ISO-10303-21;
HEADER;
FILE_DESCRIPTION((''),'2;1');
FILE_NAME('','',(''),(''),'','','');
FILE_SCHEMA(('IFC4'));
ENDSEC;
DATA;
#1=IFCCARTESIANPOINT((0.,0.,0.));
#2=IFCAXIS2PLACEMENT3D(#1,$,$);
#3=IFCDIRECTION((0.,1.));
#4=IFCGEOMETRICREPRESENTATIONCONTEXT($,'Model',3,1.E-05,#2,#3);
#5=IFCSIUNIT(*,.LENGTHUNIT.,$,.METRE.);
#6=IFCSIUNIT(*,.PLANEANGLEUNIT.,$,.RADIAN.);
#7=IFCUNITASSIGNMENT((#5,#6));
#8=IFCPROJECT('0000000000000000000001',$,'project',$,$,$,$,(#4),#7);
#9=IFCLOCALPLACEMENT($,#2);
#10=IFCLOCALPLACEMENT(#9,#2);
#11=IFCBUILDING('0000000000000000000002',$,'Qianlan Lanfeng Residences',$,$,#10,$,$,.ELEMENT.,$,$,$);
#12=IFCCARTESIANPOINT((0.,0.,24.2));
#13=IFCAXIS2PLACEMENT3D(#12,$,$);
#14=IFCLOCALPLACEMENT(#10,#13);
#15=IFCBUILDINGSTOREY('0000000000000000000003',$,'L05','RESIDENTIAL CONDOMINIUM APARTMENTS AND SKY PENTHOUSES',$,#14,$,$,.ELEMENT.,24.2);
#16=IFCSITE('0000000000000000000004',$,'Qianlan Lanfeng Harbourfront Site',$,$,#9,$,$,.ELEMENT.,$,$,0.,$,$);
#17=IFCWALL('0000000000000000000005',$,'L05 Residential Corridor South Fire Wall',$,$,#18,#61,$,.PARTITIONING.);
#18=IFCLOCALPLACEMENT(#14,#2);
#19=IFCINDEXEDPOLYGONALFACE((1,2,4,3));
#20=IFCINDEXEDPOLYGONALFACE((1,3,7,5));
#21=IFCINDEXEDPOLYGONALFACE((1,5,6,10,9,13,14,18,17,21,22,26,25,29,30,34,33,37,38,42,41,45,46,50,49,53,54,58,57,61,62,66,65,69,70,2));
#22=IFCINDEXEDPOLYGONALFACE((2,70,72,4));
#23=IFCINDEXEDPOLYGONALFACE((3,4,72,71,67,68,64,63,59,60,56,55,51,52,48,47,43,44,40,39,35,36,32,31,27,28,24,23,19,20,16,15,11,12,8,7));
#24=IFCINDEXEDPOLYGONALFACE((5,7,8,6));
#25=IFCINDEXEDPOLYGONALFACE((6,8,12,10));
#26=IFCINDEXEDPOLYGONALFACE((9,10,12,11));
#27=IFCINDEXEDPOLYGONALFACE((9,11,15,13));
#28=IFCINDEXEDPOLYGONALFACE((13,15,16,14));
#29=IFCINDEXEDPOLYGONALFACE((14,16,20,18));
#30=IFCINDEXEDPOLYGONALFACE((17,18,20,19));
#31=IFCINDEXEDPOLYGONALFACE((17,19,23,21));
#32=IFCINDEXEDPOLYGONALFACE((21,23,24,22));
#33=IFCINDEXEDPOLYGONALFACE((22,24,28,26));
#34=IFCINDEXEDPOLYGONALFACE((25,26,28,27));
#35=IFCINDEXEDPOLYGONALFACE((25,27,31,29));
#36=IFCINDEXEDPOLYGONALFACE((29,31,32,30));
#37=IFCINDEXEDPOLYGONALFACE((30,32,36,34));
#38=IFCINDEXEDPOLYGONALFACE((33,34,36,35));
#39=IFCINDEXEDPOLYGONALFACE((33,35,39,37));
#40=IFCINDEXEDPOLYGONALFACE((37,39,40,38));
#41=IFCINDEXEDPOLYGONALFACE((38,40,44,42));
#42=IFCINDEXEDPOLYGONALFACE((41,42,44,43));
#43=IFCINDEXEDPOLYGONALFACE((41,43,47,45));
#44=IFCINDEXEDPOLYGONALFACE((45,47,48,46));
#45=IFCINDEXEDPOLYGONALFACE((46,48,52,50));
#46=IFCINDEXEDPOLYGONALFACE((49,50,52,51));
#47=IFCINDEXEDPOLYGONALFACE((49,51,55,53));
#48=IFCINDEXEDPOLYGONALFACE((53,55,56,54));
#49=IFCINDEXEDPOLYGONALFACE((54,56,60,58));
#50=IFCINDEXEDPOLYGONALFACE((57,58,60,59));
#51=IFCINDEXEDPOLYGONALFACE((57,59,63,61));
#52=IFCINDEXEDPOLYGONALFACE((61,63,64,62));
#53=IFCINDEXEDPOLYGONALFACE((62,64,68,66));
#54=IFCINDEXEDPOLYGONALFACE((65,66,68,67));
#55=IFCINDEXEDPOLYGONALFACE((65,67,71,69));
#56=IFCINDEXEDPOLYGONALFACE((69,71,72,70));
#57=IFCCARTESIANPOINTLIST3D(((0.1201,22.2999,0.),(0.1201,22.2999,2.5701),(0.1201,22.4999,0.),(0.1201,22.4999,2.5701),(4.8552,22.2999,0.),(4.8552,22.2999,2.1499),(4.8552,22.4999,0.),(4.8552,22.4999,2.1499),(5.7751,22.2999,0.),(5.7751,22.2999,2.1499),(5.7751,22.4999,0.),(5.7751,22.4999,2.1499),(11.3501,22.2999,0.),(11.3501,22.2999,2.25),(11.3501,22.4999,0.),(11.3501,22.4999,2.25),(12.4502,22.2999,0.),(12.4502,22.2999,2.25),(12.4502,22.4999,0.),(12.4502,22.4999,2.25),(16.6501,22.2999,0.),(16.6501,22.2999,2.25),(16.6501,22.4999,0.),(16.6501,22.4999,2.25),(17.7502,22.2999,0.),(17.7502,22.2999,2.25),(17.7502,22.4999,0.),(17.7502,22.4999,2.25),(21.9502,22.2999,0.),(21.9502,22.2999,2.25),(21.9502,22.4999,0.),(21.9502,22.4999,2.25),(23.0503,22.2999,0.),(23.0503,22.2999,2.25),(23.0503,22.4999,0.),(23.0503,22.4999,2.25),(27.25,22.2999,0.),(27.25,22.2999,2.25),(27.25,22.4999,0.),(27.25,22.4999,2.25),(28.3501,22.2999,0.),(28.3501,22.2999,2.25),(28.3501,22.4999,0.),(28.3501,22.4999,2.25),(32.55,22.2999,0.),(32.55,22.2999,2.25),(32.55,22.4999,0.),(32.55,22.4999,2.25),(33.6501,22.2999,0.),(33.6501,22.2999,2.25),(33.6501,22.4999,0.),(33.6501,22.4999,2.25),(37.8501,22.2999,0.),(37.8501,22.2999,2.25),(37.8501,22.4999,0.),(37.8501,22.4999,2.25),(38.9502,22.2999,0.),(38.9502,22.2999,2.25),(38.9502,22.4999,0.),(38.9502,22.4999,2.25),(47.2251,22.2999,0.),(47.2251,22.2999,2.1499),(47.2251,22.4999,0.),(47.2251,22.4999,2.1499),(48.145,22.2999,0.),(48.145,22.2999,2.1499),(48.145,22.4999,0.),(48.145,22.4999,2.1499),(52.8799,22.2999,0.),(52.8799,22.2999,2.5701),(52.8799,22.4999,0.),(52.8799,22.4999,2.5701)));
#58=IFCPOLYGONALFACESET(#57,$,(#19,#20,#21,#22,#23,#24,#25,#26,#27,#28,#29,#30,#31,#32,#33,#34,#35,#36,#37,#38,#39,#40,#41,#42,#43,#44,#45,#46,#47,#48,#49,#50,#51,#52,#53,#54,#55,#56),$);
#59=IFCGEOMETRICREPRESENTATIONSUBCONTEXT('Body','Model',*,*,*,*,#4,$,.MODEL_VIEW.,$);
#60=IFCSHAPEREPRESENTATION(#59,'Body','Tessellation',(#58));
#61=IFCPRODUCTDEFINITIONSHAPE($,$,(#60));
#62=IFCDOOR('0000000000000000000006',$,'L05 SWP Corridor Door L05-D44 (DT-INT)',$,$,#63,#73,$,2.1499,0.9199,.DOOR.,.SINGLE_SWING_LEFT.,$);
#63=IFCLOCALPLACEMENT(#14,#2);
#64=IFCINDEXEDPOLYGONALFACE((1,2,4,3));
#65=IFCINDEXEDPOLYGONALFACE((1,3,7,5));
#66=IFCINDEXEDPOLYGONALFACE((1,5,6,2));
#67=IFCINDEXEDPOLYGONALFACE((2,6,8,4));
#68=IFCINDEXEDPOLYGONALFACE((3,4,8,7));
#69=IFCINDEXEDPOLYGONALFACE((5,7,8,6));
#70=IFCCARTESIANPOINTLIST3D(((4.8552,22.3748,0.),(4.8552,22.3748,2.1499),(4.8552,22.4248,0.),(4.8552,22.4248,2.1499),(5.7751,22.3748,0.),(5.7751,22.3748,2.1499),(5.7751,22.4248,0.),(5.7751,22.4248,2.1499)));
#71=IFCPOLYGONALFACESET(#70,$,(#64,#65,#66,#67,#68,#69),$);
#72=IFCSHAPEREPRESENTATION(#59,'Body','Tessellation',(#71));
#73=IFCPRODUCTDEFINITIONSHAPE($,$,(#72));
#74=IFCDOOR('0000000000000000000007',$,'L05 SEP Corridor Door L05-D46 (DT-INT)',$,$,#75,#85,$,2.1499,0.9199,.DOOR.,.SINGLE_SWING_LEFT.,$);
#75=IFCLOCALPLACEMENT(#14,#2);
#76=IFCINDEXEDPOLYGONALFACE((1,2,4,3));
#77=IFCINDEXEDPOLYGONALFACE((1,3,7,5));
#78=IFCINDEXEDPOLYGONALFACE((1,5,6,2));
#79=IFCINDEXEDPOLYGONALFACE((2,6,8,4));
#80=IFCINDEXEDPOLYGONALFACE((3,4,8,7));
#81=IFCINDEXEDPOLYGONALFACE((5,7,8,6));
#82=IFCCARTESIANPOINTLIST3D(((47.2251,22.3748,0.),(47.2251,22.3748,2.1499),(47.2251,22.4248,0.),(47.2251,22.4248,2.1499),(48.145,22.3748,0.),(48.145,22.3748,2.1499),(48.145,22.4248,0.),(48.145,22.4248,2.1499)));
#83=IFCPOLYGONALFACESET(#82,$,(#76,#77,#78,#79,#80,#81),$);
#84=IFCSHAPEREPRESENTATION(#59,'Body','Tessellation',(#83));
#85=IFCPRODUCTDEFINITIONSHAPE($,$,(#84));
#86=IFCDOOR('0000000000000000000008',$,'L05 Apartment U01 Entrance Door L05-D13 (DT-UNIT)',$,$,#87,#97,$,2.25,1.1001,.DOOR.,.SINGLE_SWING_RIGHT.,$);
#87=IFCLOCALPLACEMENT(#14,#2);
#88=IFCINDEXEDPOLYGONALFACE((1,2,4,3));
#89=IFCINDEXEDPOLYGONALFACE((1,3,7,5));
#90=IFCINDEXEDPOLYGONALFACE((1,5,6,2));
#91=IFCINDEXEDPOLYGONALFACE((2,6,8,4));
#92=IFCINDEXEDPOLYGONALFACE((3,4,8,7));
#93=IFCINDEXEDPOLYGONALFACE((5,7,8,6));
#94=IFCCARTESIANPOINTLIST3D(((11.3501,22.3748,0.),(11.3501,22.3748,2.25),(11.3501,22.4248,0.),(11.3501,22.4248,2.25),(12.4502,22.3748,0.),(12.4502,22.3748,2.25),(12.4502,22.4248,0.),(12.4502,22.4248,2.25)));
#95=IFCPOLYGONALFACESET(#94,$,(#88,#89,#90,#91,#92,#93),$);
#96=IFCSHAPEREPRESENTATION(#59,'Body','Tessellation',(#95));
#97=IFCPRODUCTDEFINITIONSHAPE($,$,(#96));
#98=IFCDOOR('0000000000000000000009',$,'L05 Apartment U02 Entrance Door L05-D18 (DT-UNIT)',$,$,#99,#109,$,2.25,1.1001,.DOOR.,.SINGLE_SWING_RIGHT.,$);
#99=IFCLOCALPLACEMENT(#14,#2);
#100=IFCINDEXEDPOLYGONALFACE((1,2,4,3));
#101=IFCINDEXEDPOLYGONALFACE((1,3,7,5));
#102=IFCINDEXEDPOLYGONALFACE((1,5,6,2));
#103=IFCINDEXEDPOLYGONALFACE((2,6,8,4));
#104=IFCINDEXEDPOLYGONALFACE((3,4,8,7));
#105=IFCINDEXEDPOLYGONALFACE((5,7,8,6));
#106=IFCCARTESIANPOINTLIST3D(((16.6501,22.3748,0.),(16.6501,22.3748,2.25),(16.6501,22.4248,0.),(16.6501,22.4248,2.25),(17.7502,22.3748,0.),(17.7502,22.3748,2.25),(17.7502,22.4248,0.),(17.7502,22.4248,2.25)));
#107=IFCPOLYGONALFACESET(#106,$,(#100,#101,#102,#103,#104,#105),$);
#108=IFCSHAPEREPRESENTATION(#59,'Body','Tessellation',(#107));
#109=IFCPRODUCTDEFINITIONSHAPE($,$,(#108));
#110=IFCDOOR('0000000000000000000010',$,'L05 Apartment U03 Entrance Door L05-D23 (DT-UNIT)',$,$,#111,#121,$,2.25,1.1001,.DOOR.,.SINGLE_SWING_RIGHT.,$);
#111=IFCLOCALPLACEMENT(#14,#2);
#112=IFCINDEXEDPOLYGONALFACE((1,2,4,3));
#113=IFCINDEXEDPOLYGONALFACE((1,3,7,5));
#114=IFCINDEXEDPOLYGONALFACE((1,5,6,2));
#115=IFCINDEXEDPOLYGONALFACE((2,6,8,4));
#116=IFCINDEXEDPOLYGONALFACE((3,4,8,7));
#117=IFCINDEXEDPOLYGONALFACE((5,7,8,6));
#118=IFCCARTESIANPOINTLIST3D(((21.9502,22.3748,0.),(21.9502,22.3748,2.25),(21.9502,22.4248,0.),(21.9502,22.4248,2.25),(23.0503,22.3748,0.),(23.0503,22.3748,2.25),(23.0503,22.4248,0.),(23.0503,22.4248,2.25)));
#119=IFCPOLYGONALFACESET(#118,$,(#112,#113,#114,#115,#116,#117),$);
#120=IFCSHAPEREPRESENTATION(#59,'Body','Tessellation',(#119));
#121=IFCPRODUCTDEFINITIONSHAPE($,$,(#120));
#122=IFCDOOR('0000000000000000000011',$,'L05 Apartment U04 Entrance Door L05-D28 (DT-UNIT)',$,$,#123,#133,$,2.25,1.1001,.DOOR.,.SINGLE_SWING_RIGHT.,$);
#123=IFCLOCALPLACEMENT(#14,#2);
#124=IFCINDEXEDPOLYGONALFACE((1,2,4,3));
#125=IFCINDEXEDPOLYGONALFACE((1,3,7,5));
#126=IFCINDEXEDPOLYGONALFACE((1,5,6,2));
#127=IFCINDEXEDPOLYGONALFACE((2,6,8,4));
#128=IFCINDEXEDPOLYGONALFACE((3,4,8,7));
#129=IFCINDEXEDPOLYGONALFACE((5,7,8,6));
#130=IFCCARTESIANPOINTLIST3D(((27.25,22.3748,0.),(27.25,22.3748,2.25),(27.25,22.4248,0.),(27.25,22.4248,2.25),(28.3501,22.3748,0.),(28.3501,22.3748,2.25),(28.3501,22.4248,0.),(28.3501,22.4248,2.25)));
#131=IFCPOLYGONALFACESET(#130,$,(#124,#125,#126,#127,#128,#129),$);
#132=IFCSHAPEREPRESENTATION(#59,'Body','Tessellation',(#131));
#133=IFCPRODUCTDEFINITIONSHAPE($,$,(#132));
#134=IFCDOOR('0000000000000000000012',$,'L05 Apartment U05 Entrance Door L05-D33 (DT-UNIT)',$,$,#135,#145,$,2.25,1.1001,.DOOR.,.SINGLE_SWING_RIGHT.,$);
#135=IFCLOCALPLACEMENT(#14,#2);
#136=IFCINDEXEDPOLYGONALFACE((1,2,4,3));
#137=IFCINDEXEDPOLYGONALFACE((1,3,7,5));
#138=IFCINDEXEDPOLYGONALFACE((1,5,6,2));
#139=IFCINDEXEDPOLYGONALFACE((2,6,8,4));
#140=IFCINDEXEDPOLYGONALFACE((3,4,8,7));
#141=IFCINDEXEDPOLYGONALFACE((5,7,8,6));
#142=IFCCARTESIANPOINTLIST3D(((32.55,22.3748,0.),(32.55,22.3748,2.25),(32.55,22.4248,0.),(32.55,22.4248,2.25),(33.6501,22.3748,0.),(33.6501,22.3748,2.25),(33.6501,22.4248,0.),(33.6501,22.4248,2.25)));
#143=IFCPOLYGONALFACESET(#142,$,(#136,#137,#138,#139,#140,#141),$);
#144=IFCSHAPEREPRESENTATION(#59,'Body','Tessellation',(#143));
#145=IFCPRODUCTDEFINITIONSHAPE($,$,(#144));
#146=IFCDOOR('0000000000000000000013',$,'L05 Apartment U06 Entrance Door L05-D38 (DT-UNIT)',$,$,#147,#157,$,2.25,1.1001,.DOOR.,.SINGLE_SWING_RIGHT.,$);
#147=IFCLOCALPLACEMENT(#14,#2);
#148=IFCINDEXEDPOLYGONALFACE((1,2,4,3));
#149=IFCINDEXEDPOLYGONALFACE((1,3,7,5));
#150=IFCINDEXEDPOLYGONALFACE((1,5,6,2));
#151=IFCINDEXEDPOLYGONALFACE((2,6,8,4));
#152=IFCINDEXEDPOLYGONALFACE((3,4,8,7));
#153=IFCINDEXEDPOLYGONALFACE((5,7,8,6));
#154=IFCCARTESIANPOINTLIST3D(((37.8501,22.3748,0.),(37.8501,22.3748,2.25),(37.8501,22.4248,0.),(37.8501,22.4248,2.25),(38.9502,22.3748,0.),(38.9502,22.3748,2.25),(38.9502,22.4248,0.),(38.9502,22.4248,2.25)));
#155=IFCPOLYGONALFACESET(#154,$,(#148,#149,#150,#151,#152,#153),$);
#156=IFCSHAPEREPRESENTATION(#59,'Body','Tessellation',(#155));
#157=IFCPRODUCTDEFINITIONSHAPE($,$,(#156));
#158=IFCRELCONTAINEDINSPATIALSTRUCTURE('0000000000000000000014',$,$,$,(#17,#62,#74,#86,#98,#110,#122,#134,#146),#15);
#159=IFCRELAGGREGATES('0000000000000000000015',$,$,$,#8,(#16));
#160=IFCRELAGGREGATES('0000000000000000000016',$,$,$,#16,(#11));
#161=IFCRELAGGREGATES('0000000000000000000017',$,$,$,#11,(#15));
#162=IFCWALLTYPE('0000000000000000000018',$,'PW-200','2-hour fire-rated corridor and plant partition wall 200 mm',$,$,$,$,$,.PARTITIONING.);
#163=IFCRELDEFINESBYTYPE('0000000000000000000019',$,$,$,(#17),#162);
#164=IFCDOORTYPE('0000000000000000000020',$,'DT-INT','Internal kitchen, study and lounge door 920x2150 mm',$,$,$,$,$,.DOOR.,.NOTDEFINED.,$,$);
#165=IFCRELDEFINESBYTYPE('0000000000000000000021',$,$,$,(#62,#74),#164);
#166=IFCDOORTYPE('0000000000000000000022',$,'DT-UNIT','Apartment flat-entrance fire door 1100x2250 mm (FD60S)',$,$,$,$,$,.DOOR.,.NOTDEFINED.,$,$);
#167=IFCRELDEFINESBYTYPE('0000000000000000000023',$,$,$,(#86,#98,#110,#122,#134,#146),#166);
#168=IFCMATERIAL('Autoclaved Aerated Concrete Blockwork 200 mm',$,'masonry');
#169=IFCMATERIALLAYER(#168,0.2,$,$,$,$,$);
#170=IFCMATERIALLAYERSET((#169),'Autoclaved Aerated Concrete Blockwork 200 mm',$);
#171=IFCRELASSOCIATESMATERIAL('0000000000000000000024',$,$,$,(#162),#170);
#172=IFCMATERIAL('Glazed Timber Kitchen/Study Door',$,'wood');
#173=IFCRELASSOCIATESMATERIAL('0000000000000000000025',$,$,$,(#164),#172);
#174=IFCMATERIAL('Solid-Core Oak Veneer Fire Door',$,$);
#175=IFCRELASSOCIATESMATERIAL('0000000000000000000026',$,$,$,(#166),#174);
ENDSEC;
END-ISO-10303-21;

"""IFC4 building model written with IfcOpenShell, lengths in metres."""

from ifc_helpers import new_model, si_unit, direction, frame, frame_2d, origin, place, context, subcontext, project, spatial, rectangle, extrude, material, layer, layer_set, type_object, element, fill, save


model = new_model("IFC4")

# Units and contexts
model_context = context("Model", 3, precision=1e-05, world=origin(), true_north=direction((0.0, 1.0)))
body_context = subcontext(model_context, "Body", "Model", "MODEL_VIEW")
ifc_project = project(units=[si_unit("LENGTHUNIT", "METRE"), si_unit("PLANEANGLEUNIT", "RADIAN")], contexts=[model_context])

# Site, building, storey
site_placement = place(None, origin())
site = spatial("IfcSite", under=ifc_project, at=site_placement, Name="Qianlan Lanfeng Harbourfront Site", CompositionType="ELEMENT", RefElevation=0.0)
building_placement = place(site_placement, origin())
building = spatial("IfcBuilding", under=site, at=building_placement, Name="Qianlan Lanfeng Residences", CompositionType="ELEMENT")
storey_placement = place(building_placement, frame((0.0, 0.0, 24.2)))
storey = spatial("IfcBuildingStorey", under=building, at=storey_placement, Name="L05", Description="RESIDENTIAL CONDOMINIUM APARTMENTS AND SKY PENTHOUSES", CompositionType="ELEMENT", Elevation=24.2)

# Wall, openings, doors
ifc_material_1 = material(Name="Autoclaved Aerated Concrete Blockwork 200 mm", Category="masonry")
ifc_layer = layer(ifc_material_1, 0.2)
ifc_layer_set = layer_set([ifc_layer], Name="Autoclaved Aerated Concrete Blockwork 200 mm")
wall_type = type_object("IfcWallType", Name="PW-200", Description="2-hour fire-rated corridor and plant partition wall 200 mm", PredefinedType="PARTITIONING", material=ifc_layer_set)
wall_1_placement = place(storey_placement, frame((0.1201, 22.3999, 0.0), z_axis=(0.0, 0.0, 1.0), x_axis=(1.0, 0.0, 0.0)))
wall_1 = element("IfcWall", 1, at=wall_1_placement, inside=storey, type_object=wall_type, Name="L05 Residential Corridor South Fire Wall", PredefinedType="PARTITIONING", context=body_context, shape_type="SweptSolid", body=[
    extrude(rectangle(XDim=52.7598, YDim=0.2, at=frame_2d((26.3799, 0.0))), origin(), (0.0, 0.0, 1.0), 2.5701),
])
opening_1_placement = place(wall_1_placement, frame((11.23, 0.0, 0.0)))
opening_1 = element("IfcOpeningElement", 2, at=opening_1_placement, cuts=wall_1, PredefinedType="OPENING", context=body_context, shape_type="SweptSolid", body=[
    extrude(rectangle(XDim=1.1001, YDim=2.25, at=frame_2d((0.55, 1.125))), frame((0.0, 0.1099, 0.0), z_axis=(0.0, -1.0, 0.0), x_axis=(1.0, 0.0, 0.0)), (0.0, 0.0, 1.0), 0.22),
])
opening_2_placement = place(wall_1_placement, frame((16.53, 0.0, 0.0)))
opening_2 = element("IfcOpeningElement", 3, at=opening_2_placement, cuts=wall_1, PredefinedType="OPENING", context=body_context, shape_type="SweptSolid", body=[
    extrude(rectangle(XDim=1.1001, YDim=2.25, at=frame_2d((0.55, 1.125))), frame((0.0, 0.1099, 0.0), z_axis=(0.0, -1.0, 0.0), x_axis=(1.0, 0.0, 0.0)), (0.0, 0.0, 1.0), 0.22),
])
opening_3_placement = place(wall_1_placement, frame((21.8301, 0.0, 0.0)))
opening_3 = element("IfcOpeningElement", 4, at=opening_3_placement, cuts=wall_1, PredefinedType="OPENING", context=body_context, shape_type="SweptSolid", body=[
    extrude(rectangle(XDim=1.1001, YDim=2.25, at=frame_2d((0.55, 1.125))), frame((0.0, 0.1099, 0.0), z_axis=(0.0, -1.0, 0.0), x_axis=(1.0, 0.0, 0.0)), (0.0, 0.0, 1.0), 0.22),
])
opening_4_placement = place(wall_1_placement, frame((27.1299, 0.0, 0.0)))
opening_4 = element("IfcOpeningElement", 5, at=opening_4_placement, cuts=wall_1, PredefinedType="OPENING", context=body_context, shape_type="SweptSolid", body=[
    extrude(rectangle(XDim=1.1001, YDim=2.25, at=frame_2d((0.55, 1.125))), frame((0.0, 0.1099, 0.0), z_axis=(0.0, -1.0, 0.0), x_axis=(1.0, 0.0, 0.0)), (0.0, 0.0, 1.0), 0.22),
])
opening_5_placement = place(wall_1_placement, frame((32.4299, 0.0, 0.0)))
opening_5 = element("IfcOpeningElement", 6, at=opening_5_placement, cuts=wall_1, PredefinedType="OPENING", context=body_context, shape_type="SweptSolid", body=[
    extrude(rectangle(XDim=1.1001, YDim=2.25, at=frame_2d((0.55, 1.125))), frame((0.0, 0.1099, 0.0), z_axis=(0.0, -1.0, 0.0), x_axis=(1.0, 0.0, 0.0)), (0.0, 0.0, 1.0), 0.22),
])
opening_6_placement = place(wall_1_placement, frame((37.73, 0.0, 0.0)))
opening_6 = element("IfcOpeningElement", 7, at=opening_6_placement, cuts=wall_1, PredefinedType="OPENING", context=body_context, shape_type="SweptSolid", body=[
    extrude(rectangle(XDim=1.1001, YDim=2.25, at=frame_2d((0.55, 1.125))), frame((0.0, 0.1099, 0.0), z_axis=(0.0, -1.0, 0.0), x_axis=(1.0, 0.0, 0.0)), (0.0, 0.0, 1.0), 0.22),
])
opening_7_placement = place(wall_1_placement, frame((4.7351, 0.0, 0.0)))
opening_7 = element("IfcOpeningElement", 8, at=opening_7_placement, cuts=wall_1, PredefinedType="OPENING", context=body_context, shape_type="SweptSolid", body=[
    extrude(rectangle(XDim=0.9199, YDim=2.1499, at=frame_2d((0.46, 1.075))), frame((0.0, 0.1099, 0.0), z_axis=(0.0, -1.0, 0.0), x_axis=(1.0, 0.0, 0.0)), (0.0, 0.0, 1.0), 0.22),
])
opening_8_placement = place(wall_1_placement, frame((47.105, 0.0, 0.0)))
opening_8 = element("IfcOpeningElement", 9, at=opening_8_placement, cuts=wall_1, PredefinedType="OPENING", context=body_context, shape_type="SweptSolid", body=[
    extrude(rectangle(XDim=0.9199, YDim=2.1499, at=frame_2d((0.46, 1.075))), frame((0.0, 0.1099, 0.0), z_axis=(0.0, -1.0, 0.0), x_axis=(1.0, 0.0, 0.0)), (0.0, 0.0, 1.0), 0.22),
])
ifc_material_2 = material(Name="Glazed Timber Kitchen/Study Door", Category="wood")
door_type_1 = type_object("IfcDoorType", Name="DT-INT", Description="Internal kitchen, study and lounge door 920x2150 mm", OperationType="NOTDEFINED", PredefinedType="DOOR", material=ifc_material_2)
door_1_placement = place(opening_7_placement, origin())
door_1 = element("IfcDoor", 10, at=door_1_placement, inside=storey, type_object=door_type_1, Name="L05 SWP Corridor Door L05-D44 (DT-INT)", OperationType="SINGLE_SWING_LEFT", OverallHeight=2.1499, OverallWidth=0.9199, PredefinedType="DOOR", context=body_context, shape_type="SweptSolid", body=[
    extrude(rectangle(XDim=0.9199, YDim=2.1499, at=frame_2d((0.46, 1.075))), frame((0.0, 0.0249, 0.0), z_axis=(0.0, -1.0, 0.0), x_axis=(1.0, 0.0, 0.0)), (0.0, 0.0, 1.0), 0.05),
])
fill(opening_7, door_1)
door_2_placement = place(opening_8_placement, origin())
door_2 = element("IfcDoor", 11, at=door_2_placement, inside=storey, type_object=door_type_1, Name="L05 SEP Corridor Door L05-D46 (DT-INT)", OperationType="SINGLE_SWING_LEFT", OverallHeight=2.1499, OverallWidth=0.9199, PredefinedType="DOOR", context=body_context, shape_type="SweptSolid", body=[
    extrude(rectangle(XDim=0.9199, YDim=2.1499, at=frame_2d((0.46, 1.075))), frame((0.0, 0.0249, 0.0), z_axis=(0.0, -1.0, 0.0), x_axis=(1.0, 0.0, 0.0)), (0.0, 0.0, 1.0), 0.05),
])
fill(opening_8, door_2)
ifc_material_3 = material(Name="Solid-Core Oak Veneer Fire Door")
door_type_2 = type_object("IfcDoorType", Name="DT-UNIT", Description="Apartment flat-entrance fire door 1100x2250 mm (FD60S)", OperationType="NOTDEFINED", PredefinedType="DOOR", material=ifc_material_3)
door_3_placement = place(opening_1_placement, origin())
door_3 = element("IfcDoor", 12, at=door_3_placement, inside=storey, type_object=door_type_2, Name="L05 Apartment U01 Entrance Door L05-D13 (DT-UNIT)", OperationType="SINGLE_SWING_RIGHT", OverallHeight=2.25, OverallWidth=1.1001, PredefinedType="DOOR", context=body_context, shape_type="SweptSolid", body=[
    extrude(rectangle(XDim=1.1001, YDim=2.25, at=frame_2d((0.55, 1.125))), frame((0.0, 0.0249, 0.0), z_axis=(0.0, -1.0, 0.0), x_axis=(1.0, 0.0, 0.0)), (0.0, 0.0, 1.0), 0.05),
])
fill(opening_1, door_3)
door_4_placement = place(opening_2_placement, origin())
door_4 = element("IfcDoor", 13, at=door_4_placement, inside=storey, type_object=door_type_2, Name="L05 Apartment U02 Entrance Door L05-D18 (DT-UNIT)", OperationType="SINGLE_SWING_RIGHT", OverallHeight=2.25, OverallWidth=1.1001, PredefinedType="DOOR", context=body_context, shape_type="SweptSolid", body=[
    extrude(rectangle(XDim=1.1001, YDim=2.25, at=frame_2d((0.55, 1.125))), frame((0.0, 0.0249, 0.0), z_axis=(0.0, -1.0, 0.0), x_axis=(1.0, 0.0, 0.0)), (0.0, 0.0, 1.0), 0.05),
])
fill(opening_2, door_4)
door_5_placement = place(opening_3_placement, origin())
door_5 = element("IfcDoor", 14, at=door_5_placement, inside=storey, type_object=door_type_2, Name="L05 Apartment U03 Entrance Door L05-D23 (DT-UNIT)", OperationType="SINGLE_SWING_RIGHT", OverallHeight=2.25, OverallWidth=1.1001, PredefinedType="DOOR", context=body_context, shape_type="SweptSolid", body=[
    extrude(rectangle(XDim=1.1001, YDim=2.25, at=frame_2d((0.55, 1.125))), frame((0.0, 0.0249, 0.0), z_axis=(0.0, -1.0, 0.0), x_axis=(1.0, 0.0, 0.0)), (0.0, 0.0, 1.0), 0.05),
])
fill(opening_3, door_5)
door_6_placement = place(opening_4_placement, origin())
door_6 = element("IfcDoor", 15, at=door_6_placement, inside=storey, type_object=door_type_2, Name="L05 Apartment U04 Entrance Door L05-D28 (DT-UNIT)", OperationType="SINGLE_SWING_RIGHT", OverallHeight=2.25, OverallWidth=1.1001, PredefinedType="DOOR", context=body_context, shape_type="SweptSolid", body=[
    extrude(rectangle(XDim=1.1001, YDim=2.25, at=frame_2d((0.55, 1.125))), frame((0.0, 0.0249, 0.0), z_axis=(0.0, -1.0, 0.0), x_axis=(1.0, 0.0, 0.0)), (0.0, 0.0, 1.0), 0.05),
])
fill(opening_4, door_6)
door_7_placement = place(opening_5_placement, origin())
door_7 = element("IfcDoor", 16, at=door_7_placement, inside=storey, type_object=door_type_2, Name="L05 Apartment U05 Entrance Door L05-D33 (DT-UNIT)", OperationType="SINGLE_SWING_RIGHT", OverallHeight=2.25, OverallWidth=1.1001, PredefinedType="DOOR", context=body_context, shape_type="SweptSolid", body=[
    extrude(rectangle(XDim=1.1001, YDim=2.25, at=frame_2d((0.55, 1.125))), frame((0.0, 0.0249, 0.0), z_axis=(0.0, -1.0, 0.0), x_axis=(1.0, 0.0, 0.0)), (0.0, 0.0, 1.0), 0.05),
])
fill(opening_5, door_7)
door_8_placement = place(opening_6_placement, origin())
door_8 = element("IfcDoor", 17, at=door_8_placement, inside=storey, type_object=door_type_2, Name="L05 Apartment U06 Entrance Door L05-D38 (DT-UNIT)", OperationType="SINGLE_SWING_RIGHT", OverallHeight=2.25, OverallWidth=1.1001, PredefinedType="DOOR", context=body_context, shape_type="SweptSolid", body=[
    extrude(rectangle(XDim=1.1001, YDim=2.25, at=frame_2d((0.55, 1.125))), frame((0.0, 0.0249, 0.0), z_axis=(0.0, -1.0, 0.0), x_axis=(1.0, 0.0, 0.0)), (0.0, 0.0, 1.0), 0.05),
])
fill(opening_6, door_8)

save(model, "model.ifc")
